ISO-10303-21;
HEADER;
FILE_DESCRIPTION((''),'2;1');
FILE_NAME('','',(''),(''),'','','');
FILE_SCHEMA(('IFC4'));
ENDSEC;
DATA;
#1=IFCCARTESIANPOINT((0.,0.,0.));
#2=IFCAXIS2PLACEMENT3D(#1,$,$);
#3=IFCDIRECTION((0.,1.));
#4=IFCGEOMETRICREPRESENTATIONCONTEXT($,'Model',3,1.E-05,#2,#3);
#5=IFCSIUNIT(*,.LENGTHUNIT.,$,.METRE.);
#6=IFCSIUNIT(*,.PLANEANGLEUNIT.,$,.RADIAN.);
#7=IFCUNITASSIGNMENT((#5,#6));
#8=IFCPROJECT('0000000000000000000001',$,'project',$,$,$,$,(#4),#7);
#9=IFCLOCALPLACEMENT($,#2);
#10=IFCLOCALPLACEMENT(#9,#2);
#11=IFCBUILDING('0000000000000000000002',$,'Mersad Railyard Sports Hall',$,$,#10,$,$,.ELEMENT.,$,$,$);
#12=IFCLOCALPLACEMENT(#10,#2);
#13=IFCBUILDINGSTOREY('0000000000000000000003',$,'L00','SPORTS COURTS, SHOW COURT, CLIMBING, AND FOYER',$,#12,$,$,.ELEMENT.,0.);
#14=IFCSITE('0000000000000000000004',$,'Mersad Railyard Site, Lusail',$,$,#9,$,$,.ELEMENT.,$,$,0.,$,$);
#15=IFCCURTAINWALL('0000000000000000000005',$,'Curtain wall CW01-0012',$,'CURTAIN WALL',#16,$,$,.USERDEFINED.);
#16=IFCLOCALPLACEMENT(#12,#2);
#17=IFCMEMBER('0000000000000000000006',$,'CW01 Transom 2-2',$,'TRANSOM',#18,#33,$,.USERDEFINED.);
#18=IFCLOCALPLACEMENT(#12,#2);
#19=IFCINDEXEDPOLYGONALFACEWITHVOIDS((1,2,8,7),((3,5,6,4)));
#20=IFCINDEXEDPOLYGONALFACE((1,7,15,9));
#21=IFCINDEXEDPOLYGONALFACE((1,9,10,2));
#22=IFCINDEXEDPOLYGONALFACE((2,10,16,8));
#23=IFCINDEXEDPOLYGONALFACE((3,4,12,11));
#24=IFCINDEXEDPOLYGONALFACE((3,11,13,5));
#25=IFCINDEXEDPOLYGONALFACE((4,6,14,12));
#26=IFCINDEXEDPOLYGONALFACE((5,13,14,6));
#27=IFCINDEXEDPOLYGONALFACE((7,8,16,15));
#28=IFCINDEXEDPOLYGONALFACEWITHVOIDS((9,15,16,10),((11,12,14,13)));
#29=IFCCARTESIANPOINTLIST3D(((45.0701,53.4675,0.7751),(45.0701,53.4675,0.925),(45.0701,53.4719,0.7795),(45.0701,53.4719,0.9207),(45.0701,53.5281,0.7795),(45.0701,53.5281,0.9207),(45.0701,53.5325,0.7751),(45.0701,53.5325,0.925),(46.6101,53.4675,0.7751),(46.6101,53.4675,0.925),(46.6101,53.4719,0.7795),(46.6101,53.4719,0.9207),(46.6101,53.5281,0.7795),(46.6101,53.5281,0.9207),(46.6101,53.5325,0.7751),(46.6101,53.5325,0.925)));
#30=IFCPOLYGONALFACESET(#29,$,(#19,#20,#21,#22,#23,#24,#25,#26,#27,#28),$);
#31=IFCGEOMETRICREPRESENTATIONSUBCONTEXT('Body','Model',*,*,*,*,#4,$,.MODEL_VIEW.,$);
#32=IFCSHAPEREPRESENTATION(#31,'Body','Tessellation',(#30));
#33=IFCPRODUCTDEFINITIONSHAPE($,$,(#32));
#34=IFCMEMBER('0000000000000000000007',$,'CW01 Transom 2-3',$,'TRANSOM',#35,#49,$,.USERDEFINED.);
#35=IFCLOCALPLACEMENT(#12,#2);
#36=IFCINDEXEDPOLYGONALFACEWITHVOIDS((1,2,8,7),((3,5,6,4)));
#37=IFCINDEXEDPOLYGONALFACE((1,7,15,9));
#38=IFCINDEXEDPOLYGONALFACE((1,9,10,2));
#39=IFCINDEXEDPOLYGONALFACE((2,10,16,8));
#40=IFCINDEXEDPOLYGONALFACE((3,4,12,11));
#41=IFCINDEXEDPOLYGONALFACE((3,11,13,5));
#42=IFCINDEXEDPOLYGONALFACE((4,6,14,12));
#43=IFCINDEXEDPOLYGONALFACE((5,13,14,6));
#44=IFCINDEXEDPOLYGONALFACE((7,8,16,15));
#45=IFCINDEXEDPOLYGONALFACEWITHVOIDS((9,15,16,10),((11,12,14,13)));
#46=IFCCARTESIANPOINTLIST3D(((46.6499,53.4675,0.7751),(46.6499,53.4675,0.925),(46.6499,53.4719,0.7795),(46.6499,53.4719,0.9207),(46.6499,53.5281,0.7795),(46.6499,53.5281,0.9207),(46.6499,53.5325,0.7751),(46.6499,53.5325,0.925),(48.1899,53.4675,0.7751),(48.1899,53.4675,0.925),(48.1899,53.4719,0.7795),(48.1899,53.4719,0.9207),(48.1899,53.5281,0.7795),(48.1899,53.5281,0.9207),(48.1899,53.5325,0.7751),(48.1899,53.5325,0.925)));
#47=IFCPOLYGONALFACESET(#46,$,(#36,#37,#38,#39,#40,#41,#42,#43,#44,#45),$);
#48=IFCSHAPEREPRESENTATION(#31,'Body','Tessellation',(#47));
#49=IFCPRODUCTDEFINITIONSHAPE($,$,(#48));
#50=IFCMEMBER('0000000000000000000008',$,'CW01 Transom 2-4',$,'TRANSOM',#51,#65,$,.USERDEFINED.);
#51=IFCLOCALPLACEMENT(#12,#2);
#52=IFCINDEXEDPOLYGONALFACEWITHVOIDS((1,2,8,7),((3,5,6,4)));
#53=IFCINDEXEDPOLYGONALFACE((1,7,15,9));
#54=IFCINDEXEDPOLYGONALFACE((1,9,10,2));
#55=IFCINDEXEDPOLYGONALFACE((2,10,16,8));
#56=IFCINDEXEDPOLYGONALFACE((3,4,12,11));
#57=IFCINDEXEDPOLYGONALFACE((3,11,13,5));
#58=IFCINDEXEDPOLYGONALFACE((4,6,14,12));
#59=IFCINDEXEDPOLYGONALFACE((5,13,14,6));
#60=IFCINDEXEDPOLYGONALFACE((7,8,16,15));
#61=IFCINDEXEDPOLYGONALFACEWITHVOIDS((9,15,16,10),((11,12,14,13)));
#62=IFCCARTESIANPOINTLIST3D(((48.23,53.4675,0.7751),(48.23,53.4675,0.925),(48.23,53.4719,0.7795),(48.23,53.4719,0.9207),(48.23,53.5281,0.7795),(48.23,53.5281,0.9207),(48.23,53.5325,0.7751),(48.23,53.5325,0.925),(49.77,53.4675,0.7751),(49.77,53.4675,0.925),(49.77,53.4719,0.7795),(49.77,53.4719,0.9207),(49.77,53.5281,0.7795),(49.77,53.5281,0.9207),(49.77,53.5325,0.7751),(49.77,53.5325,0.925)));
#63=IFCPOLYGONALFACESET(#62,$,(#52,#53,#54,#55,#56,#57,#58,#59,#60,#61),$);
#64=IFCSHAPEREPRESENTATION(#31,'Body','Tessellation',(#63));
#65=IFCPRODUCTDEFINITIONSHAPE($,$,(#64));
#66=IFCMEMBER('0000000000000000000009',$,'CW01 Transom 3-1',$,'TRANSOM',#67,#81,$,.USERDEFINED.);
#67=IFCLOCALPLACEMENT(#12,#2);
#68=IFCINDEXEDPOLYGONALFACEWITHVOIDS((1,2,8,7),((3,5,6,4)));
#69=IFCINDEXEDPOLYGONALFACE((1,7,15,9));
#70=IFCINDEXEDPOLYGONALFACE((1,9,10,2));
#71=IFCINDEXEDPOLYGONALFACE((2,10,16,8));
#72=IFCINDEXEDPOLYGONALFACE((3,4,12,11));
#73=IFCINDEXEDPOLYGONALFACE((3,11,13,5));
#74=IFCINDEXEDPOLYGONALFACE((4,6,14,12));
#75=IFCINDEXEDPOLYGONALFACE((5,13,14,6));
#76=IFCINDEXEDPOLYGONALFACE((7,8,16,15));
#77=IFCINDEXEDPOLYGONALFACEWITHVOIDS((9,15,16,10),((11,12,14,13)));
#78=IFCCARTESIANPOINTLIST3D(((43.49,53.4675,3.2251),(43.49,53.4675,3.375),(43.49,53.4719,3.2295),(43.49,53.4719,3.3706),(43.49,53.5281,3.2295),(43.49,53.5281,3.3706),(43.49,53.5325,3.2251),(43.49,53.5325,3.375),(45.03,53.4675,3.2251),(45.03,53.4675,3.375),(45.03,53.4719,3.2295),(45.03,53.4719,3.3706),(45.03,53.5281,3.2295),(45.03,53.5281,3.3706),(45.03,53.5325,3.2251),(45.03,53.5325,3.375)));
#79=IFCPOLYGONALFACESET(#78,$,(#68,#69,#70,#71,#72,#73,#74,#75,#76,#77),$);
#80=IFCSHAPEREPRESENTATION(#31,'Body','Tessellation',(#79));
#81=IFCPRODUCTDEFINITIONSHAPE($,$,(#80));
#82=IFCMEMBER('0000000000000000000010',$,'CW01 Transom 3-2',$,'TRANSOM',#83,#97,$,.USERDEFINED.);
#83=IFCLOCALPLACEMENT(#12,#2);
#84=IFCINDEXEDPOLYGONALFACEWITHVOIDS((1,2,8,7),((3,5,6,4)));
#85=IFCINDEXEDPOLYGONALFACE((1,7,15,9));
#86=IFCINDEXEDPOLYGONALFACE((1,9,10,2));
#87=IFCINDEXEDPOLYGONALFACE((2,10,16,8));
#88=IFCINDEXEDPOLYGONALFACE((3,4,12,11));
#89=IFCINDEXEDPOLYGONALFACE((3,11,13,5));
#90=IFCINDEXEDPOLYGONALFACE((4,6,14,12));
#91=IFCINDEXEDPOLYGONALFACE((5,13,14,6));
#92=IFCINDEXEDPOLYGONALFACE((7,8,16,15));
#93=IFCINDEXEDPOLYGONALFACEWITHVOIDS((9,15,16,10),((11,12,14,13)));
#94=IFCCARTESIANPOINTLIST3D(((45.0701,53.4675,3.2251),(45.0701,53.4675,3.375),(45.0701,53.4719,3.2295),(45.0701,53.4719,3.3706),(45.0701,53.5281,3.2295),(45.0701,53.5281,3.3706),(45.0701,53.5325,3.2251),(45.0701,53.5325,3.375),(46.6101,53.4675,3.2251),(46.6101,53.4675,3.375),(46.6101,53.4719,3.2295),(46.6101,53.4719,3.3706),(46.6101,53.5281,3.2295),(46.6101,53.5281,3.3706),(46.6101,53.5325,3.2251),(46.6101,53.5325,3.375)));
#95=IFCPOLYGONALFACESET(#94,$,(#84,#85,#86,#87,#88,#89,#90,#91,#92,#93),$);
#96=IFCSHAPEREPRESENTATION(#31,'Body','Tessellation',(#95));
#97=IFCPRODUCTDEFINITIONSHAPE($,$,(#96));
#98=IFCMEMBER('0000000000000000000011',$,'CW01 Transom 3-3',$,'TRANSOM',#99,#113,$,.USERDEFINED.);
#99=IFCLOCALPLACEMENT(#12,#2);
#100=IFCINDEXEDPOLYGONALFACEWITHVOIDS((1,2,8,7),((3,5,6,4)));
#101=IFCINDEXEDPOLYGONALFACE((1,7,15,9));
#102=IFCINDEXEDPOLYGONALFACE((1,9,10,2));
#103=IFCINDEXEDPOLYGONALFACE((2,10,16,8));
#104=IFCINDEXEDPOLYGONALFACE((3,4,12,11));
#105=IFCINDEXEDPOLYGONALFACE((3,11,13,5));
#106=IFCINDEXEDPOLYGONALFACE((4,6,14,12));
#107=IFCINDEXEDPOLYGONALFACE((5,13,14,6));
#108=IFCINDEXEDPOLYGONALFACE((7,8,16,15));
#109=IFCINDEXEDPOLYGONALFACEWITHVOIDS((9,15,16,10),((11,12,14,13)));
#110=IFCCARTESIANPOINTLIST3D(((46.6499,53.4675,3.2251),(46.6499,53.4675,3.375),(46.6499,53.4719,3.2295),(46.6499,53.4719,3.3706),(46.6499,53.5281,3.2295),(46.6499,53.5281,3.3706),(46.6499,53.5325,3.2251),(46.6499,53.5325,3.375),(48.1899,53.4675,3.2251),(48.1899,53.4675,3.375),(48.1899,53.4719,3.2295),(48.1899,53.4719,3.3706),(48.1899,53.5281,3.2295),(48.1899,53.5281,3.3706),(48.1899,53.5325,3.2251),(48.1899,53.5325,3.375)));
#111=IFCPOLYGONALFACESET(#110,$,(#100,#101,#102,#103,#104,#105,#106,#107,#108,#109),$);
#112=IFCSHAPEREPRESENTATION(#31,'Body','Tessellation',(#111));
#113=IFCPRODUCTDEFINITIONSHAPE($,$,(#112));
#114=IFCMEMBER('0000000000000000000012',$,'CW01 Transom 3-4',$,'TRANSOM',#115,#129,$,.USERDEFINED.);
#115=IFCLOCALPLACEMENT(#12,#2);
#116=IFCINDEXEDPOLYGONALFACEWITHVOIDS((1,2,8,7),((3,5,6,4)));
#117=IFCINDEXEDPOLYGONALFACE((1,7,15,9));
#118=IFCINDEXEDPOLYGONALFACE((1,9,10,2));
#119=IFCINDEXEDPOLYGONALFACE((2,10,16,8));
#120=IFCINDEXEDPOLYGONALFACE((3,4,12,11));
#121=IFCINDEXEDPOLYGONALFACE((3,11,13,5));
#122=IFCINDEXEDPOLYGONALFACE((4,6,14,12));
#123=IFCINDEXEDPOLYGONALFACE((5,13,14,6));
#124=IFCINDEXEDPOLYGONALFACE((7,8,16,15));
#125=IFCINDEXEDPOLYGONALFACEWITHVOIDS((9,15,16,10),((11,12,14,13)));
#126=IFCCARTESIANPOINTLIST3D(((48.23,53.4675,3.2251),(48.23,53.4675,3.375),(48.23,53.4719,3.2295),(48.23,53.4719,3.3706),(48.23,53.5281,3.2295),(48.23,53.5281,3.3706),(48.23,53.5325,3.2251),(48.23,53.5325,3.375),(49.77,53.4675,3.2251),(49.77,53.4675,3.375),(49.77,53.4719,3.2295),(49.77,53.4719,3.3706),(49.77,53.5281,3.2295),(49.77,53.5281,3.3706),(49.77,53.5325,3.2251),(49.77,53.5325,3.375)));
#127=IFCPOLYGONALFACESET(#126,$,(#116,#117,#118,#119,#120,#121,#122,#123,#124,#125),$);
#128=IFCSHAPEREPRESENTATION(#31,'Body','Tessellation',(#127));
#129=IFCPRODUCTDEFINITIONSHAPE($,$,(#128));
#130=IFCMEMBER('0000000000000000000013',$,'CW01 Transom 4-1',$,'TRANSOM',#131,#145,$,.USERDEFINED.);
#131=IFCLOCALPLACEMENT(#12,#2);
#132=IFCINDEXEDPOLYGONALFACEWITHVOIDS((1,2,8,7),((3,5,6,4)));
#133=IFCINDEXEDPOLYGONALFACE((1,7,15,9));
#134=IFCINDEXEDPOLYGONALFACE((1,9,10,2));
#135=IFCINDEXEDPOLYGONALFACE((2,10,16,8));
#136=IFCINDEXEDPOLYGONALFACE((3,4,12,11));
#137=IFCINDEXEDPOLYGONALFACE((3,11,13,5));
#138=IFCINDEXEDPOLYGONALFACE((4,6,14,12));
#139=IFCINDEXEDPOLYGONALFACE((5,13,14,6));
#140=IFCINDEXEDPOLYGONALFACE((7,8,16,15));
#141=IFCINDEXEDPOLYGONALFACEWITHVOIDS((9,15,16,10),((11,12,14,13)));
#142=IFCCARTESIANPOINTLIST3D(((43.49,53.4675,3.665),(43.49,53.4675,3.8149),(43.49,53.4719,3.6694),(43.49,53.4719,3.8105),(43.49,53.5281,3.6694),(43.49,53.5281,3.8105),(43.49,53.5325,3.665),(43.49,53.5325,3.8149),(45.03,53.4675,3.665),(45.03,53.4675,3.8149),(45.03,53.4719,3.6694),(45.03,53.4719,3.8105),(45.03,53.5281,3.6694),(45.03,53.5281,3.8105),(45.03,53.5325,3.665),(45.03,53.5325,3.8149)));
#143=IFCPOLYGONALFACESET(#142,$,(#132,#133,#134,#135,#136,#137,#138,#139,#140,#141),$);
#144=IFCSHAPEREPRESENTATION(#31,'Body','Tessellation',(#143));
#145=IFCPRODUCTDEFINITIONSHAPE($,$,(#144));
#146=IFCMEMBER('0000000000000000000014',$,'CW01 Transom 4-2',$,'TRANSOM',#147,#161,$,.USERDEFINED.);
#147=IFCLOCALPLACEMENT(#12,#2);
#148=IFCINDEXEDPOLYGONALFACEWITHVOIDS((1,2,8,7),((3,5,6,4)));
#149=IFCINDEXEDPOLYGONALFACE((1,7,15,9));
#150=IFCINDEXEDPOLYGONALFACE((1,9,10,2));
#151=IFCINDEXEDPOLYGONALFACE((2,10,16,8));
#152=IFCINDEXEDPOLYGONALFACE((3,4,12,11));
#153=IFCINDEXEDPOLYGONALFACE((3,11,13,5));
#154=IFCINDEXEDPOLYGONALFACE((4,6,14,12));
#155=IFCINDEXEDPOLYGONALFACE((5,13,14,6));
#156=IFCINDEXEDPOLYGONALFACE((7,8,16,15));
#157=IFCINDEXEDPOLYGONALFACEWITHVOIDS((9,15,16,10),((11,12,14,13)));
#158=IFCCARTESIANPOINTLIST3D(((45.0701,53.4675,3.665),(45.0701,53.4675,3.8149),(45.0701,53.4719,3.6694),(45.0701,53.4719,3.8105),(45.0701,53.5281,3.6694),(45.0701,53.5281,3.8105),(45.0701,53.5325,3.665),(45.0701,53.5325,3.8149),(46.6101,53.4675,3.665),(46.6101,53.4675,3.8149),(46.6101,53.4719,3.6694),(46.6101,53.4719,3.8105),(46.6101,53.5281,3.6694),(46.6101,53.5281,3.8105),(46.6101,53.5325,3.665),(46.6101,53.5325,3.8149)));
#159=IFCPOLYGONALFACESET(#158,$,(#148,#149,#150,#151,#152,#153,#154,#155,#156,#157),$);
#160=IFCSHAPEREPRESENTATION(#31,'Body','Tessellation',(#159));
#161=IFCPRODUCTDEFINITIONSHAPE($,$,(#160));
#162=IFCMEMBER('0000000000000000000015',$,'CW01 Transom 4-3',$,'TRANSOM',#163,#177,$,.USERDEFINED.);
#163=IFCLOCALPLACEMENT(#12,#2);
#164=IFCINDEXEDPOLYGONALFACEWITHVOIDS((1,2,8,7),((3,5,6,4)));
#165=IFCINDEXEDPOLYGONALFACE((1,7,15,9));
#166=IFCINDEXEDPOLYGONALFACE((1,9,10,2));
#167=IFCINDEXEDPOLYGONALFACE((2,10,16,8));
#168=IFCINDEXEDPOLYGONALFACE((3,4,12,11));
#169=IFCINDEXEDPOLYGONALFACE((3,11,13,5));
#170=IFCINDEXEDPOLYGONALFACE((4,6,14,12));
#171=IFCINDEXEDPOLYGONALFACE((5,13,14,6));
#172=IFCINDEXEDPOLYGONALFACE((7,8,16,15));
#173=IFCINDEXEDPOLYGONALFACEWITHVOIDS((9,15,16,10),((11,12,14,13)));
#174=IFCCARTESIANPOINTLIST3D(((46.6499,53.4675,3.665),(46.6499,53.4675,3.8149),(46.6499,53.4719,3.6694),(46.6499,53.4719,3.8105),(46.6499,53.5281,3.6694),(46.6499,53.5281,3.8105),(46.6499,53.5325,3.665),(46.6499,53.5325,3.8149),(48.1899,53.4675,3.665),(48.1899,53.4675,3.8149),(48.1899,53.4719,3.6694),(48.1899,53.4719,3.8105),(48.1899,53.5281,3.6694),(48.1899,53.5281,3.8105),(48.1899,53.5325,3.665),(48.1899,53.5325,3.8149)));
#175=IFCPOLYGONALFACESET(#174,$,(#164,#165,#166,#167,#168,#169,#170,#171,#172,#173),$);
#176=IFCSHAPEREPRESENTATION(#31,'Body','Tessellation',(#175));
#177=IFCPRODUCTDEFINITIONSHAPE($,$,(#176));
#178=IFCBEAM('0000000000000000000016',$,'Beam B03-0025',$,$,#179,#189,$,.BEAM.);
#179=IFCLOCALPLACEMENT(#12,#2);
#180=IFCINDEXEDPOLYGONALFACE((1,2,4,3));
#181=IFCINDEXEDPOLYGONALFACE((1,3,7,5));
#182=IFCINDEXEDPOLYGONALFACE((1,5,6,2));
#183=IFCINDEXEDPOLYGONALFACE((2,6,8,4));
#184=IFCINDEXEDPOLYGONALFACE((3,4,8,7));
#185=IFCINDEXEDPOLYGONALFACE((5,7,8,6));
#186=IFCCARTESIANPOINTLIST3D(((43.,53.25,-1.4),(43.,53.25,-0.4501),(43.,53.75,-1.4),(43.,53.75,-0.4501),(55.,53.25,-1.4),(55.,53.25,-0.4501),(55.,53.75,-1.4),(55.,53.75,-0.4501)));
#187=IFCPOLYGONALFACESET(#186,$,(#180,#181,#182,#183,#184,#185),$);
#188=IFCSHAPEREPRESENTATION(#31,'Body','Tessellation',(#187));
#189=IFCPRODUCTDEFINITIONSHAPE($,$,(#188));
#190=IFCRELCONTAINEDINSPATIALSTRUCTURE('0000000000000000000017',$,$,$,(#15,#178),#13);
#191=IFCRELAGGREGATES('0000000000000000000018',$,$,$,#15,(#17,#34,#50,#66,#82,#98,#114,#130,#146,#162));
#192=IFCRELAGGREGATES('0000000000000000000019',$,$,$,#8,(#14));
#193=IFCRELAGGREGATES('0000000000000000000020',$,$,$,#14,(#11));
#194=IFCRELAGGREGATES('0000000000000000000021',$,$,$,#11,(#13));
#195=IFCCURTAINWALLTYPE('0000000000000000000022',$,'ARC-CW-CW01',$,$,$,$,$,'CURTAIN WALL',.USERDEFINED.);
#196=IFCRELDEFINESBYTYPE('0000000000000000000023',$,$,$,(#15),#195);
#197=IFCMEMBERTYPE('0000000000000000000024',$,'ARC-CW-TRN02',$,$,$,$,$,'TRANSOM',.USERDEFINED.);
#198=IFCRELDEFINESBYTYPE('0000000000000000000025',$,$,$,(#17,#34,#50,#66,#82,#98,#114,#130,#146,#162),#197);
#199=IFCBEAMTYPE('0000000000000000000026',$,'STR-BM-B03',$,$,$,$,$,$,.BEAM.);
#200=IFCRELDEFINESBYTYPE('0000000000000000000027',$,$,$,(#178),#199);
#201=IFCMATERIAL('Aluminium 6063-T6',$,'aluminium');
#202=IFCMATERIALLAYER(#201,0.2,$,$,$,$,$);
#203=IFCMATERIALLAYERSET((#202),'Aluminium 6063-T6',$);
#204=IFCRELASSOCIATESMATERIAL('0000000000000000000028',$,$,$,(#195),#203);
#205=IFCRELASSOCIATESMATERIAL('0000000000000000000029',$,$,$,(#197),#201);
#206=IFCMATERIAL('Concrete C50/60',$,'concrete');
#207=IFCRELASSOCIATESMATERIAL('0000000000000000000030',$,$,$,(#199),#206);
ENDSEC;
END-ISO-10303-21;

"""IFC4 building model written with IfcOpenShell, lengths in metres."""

from ifc_helpers import new_model, si_unit, direction, frame, origin, origin_2d, place, context, subcontext, project, spatial, rectangle, hollow_rectangle, extrude, material, layer, layer_set, material_profile, profile_set, type_object, element, aggregate, save


model = new_model("IFC4")

# Units and contexts
model_context = context("Model", 3, precision=1e-05, world=origin(), true_north=direction((0.0, 1.0)))
body_context = subcontext(model_context, "Body", "Model", "MODEL_VIEW")
ifc_project = project(units=[si_unit("LENGTHUNIT", "METRE"), si_unit("PLANEANGLEUNIT", "RADIAN")], contexts=[model_context])

# Site, building, storey
site_placement = place(None, origin())
site = spatial("IfcSite", under=ifc_project, at=site_placement, Name="Mersad Railyard Site, Lusail", CompositionType="ELEMENT", RefElevation=0.0)
building_placement = place(site_placement, origin())
building = spatial("IfcBuilding", under=site, at=building_placement, Name="Mersad Railyard Sports Hall", CompositionType="ELEMENT")
storey_placement = place(building_placement, origin())
storey = spatial("IfcBuildingStorey", under=building, at=storey_placement, Name="L00", Description="SPORTS COURTS, SHOW COURT, CLIMBING, AND FOYER", CompositionType="ELEMENT", Elevation=0.0)

# Shared definitions
ifc_material_1 = material(Name="Aluminium 6063-T6", Category="aluminium")
ifc_layer_1 = layer(ifc_material_1, 0.2)
ifc_layer_set_1 = layer_set([ifc_layer_1], Name="Aluminium 6063-T6")
curtain_wall_type = type_object("IfcCurtainWallType", Name="ARC-CW-CW01", ElementType="CURTAIN WALL", PredefinedType="USERDEFINED", material=ifc_layer_set_1)

# Curtain wall, members
curtain_wall_1_placement = place(storey_placement, origin())
curtain_wall_1 = element("IfcCurtainWall", 1, at=curtain_wall_1_placement, inside=storey, type_object=curtain_wall_type, Name="Curtain wall CW01-0012", ObjectType="CURTAIN WALL", PredefinedType="USERDEFINED")
ifc_material_profile_1 = material_profile(ifc_material_1, hollow_rectangle(XDim=0.0649, YDim=0.1499, WallThickness=0.0044, at=origin_2d()), Name="AL TRANSOM 65x150x4.5")
ifc_profile_set_1 = profile_set([ifc_material_profile_1], Name="Aluminium 6063-T6")
member_type_1 = type_object("IfcMemberType", Name="ARC-CW-TRN02", ElementType="TRANSOM", PredefinedType="USERDEFINED", material=ifc_profile_set_1)
member_1_placement = place(storey_placement, frame((45.0701, 53.5, 0.8501), z_axis=(1.0, 0.0, 0.0), x_axis=(0.0, 1.0, 0.0)))
member_1 = element("IfcMember", 2, at=member_1_placement, type_object=member_type_1, Name="CW01 Transom 2-2", ObjectType="TRANSOM", PredefinedType="USERDEFINED", context=body_context, shape_type="SweptSolid", body=[
    extrude(hollow_rectangle(XDim=0.0649, YDim=0.1499, WallThickness=0.0044, at=origin_2d()), origin(), (0.0, 0.0, 1.0), 1.54),
])
member_2_placement = place(storey_placement, frame((46.6499, 53.5, 0.8501), z_axis=(1.0, 0.0, 0.0), x_axis=(0.0, 1.0, 0.0)))
member_2 = element("IfcMember", 3, at=member_2_placement, type_object=member_type_1, Name="CW01 Transom 2-3", ObjectType="TRANSOM", PredefinedType="USERDEFINED", context=body_context, shape_type="SweptSolid", body=[
    extrude(hollow_rectangle(XDim=0.0649, YDim=0.1499, WallThickness=0.0044, at=origin_2d()), origin(), (0.0, 0.0, 1.0), 1.54),
])
member_3_placement = place(storey_placement, frame((48.23, 53.5, 0.8501), z_axis=(1.0, 0.0, 0.0), x_axis=(0.0, 1.0, 0.0)))
member_3 = element("IfcMember", 4, at=member_3_placement, type_object=member_type_1, Name="CW01 Transom 2-4", ObjectType="TRANSOM", PredefinedType="USERDEFINED", context=body_context, shape_type="SweptSolid", body=[
    extrude(hollow_rectangle(XDim=0.0649, YDim=0.1499, WallThickness=0.0044, at=origin_2d()), origin(), (0.0, 0.0, 1.0), 1.54),
])
member_4_placement = place(storey_placement, frame((43.49, 53.5, 3.3), z_axis=(1.0, 0.0, 0.0), x_axis=(0.0, 1.0, 0.0)))
member_4 = element("IfcMember", 5, at=member_4_placement, type_object=member_type_1, Name="CW01 Transom 3-1", ObjectType="TRANSOM", PredefinedType="USERDEFINED", context=body_context, shape_type="SweptSolid", body=[
    extrude(hollow_rectangle(XDim=0.0649, YDim=0.1499, WallThickness=0.0044, at=origin_2d()), origin(), (0.0, 0.0, 1.0), 1.54),
])
member_5_placement = place(storey_placement, frame((45.0701, 53.5, 3.3), z_axis=(1.0, 0.0, 0.0), x_axis=(0.0, 1.0, 0.0)))
member_5 = element("IfcMember", 6, at=member_5_placement, type_object=member_type_1, Name="CW01 Transom 3-2", ObjectType="TRANSOM", PredefinedType="USERDEFINED", context=body_context, shape_type="SweptSolid", body=[
    extrude(hollow_rectangle(XDim=0.0649, YDim=0.1499, WallThickness=0.0044, at=origin_2d()), origin(), (0.0, 0.0, 1.0), 1.54),
])
member_6_placement = place(storey_placement, frame((46.6499, 53.5, 3.3), z_axis=(1.0, 0.0, 0.0), x_axis=(0.0, 1.0, 0.0)))
member_6 = element("IfcMember", 7, at=member_6_placement, type_object=member_type_1, Name="CW01 Transom 3-3", ObjectType="TRANSOM", PredefinedType="USERDEFINED", context=body_context, shape_type="SweptSolid", body=[
    extrude(hollow_rectangle(XDim=0.0649, YDim=0.1499, WallThickness=0.0044, at=origin_2d()), origin(), (0.0, 0.0, 1.0), 1.54),
])
member_7_placement = place(storey_placement, frame((48.23, 53.5, 3.3), z_axis=(1.0, 0.0, 0.0), x_axis=(0.0, 1.0, 0.0)))
member_7 = element("IfcMember", 8, at=member_7_placement, type_object=member_type_1, Name="CW01 Transom 3-4", ObjectType="TRANSOM", PredefinedType="USERDEFINED", context=body_context, shape_type="SweptSolid", body=[
    extrude(hollow_rectangle(XDim=0.0649, YDim=0.1499, WallThickness=0.0044, at=origin_2d()), origin(), (0.0, 0.0, 1.0), 1.54),
])
member_8_placement = place(storey_placement, frame((43.49, 53.5, 3.74), z_axis=(1.0, 0.0, 0.0), x_axis=(0.0, 1.0, 0.0)))
member_8 = element("IfcMember", 9, at=member_8_placement, type_object=member_type_1, Name="CW01 Transom 4-1", ObjectType="TRANSOM", PredefinedType="USERDEFINED", context=body_context, shape_type="SweptSolid", body=[
    extrude(hollow_rectangle(XDim=0.0649, YDim=0.1499, WallThickness=0.0044, at=origin_2d()), origin(), (0.0, 0.0, 1.0), 1.54),
])
member_9_placement = place(storey_placement, frame((45.0701, 53.5, 3.74), z_axis=(1.0, 0.0, 0.0), x_axis=(0.0, 1.0, 0.0)))
member_9 = element("IfcMember", 10, at=member_9_placement, type_object=member_type_1, Name="CW01 Transom 4-2", ObjectType="TRANSOM", PredefinedType="USERDEFINED", context=body_context, shape_type="SweptSolid", body=[
    extrude(hollow_rectangle(XDim=0.0649, YDim=0.1499, WallThickness=0.0044, at=origin_2d()), origin(), (0.0, 0.0, 1.0), 1.54),
])
member_10_placement = place(storey_placement, frame((46.6499, 53.5, 3.74), z_axis=(1.0, 0.0, 0.0), x_axis=(0.0, 1.0, 0.0)))
member_10 = element("IfcMember", 11, at=member_10_placement, type_object=member_type_1, Name="CW01 Transom 4-3", ObjectType="TRANSOM", PredefinedType="USERDEFINED", context=body_context, shape_type="SweptSolid", body=[
    extrude(hollow_rectangle(XDim=0.0649, YDim=0.1499, WallThickness=0.0044, at=origin_2d()), origin(), (0.0, 0.0, 1.0), 1.54),
])

# Beam
ifc_material_2 = material(Name="Concrete C50/60", Category="concrete")
ifc_material_profile_2 = material_profile(ifc_material_2, rectangle(XDim=0.5, YDim=0.95, at=origin_2d()), Name="RC 500x950")
ifc_profile_set_2 = profile_set([ifc_material_profile_2], Name="Concrete C50/60")
beam_type = type_object("IfcBeamType", Name="STR-BM-B03", PredefinedType="BEAM", material=ifc_profile_set_2)
beam_placement = place(storey_placement, frame((43.0, 53.5, -0.925), z_axis=(1.0, 0.0, 0.0), x_axis=(0.0, 1.0, 0.0)))
element("IfcBeam", 12, at=beam_placement, inside=storey, type_object=beam_type, Name="Beam B03-0025", PredefinedType="BEAM", context=body_context, shape_type="SweptSolid", body=[
    extrude(rectangle(XDim=0.5, YDim=0.95, at=origin_2d()), origin(), (0.0, 0.0, 1.0), 12.0),
])

aggregate(curtain_wall_1, [member_1, member_2, member_3, member_4, member_5, member_6, member_7, member_8, member_9, member_10])

save(model, "model.ifc")
